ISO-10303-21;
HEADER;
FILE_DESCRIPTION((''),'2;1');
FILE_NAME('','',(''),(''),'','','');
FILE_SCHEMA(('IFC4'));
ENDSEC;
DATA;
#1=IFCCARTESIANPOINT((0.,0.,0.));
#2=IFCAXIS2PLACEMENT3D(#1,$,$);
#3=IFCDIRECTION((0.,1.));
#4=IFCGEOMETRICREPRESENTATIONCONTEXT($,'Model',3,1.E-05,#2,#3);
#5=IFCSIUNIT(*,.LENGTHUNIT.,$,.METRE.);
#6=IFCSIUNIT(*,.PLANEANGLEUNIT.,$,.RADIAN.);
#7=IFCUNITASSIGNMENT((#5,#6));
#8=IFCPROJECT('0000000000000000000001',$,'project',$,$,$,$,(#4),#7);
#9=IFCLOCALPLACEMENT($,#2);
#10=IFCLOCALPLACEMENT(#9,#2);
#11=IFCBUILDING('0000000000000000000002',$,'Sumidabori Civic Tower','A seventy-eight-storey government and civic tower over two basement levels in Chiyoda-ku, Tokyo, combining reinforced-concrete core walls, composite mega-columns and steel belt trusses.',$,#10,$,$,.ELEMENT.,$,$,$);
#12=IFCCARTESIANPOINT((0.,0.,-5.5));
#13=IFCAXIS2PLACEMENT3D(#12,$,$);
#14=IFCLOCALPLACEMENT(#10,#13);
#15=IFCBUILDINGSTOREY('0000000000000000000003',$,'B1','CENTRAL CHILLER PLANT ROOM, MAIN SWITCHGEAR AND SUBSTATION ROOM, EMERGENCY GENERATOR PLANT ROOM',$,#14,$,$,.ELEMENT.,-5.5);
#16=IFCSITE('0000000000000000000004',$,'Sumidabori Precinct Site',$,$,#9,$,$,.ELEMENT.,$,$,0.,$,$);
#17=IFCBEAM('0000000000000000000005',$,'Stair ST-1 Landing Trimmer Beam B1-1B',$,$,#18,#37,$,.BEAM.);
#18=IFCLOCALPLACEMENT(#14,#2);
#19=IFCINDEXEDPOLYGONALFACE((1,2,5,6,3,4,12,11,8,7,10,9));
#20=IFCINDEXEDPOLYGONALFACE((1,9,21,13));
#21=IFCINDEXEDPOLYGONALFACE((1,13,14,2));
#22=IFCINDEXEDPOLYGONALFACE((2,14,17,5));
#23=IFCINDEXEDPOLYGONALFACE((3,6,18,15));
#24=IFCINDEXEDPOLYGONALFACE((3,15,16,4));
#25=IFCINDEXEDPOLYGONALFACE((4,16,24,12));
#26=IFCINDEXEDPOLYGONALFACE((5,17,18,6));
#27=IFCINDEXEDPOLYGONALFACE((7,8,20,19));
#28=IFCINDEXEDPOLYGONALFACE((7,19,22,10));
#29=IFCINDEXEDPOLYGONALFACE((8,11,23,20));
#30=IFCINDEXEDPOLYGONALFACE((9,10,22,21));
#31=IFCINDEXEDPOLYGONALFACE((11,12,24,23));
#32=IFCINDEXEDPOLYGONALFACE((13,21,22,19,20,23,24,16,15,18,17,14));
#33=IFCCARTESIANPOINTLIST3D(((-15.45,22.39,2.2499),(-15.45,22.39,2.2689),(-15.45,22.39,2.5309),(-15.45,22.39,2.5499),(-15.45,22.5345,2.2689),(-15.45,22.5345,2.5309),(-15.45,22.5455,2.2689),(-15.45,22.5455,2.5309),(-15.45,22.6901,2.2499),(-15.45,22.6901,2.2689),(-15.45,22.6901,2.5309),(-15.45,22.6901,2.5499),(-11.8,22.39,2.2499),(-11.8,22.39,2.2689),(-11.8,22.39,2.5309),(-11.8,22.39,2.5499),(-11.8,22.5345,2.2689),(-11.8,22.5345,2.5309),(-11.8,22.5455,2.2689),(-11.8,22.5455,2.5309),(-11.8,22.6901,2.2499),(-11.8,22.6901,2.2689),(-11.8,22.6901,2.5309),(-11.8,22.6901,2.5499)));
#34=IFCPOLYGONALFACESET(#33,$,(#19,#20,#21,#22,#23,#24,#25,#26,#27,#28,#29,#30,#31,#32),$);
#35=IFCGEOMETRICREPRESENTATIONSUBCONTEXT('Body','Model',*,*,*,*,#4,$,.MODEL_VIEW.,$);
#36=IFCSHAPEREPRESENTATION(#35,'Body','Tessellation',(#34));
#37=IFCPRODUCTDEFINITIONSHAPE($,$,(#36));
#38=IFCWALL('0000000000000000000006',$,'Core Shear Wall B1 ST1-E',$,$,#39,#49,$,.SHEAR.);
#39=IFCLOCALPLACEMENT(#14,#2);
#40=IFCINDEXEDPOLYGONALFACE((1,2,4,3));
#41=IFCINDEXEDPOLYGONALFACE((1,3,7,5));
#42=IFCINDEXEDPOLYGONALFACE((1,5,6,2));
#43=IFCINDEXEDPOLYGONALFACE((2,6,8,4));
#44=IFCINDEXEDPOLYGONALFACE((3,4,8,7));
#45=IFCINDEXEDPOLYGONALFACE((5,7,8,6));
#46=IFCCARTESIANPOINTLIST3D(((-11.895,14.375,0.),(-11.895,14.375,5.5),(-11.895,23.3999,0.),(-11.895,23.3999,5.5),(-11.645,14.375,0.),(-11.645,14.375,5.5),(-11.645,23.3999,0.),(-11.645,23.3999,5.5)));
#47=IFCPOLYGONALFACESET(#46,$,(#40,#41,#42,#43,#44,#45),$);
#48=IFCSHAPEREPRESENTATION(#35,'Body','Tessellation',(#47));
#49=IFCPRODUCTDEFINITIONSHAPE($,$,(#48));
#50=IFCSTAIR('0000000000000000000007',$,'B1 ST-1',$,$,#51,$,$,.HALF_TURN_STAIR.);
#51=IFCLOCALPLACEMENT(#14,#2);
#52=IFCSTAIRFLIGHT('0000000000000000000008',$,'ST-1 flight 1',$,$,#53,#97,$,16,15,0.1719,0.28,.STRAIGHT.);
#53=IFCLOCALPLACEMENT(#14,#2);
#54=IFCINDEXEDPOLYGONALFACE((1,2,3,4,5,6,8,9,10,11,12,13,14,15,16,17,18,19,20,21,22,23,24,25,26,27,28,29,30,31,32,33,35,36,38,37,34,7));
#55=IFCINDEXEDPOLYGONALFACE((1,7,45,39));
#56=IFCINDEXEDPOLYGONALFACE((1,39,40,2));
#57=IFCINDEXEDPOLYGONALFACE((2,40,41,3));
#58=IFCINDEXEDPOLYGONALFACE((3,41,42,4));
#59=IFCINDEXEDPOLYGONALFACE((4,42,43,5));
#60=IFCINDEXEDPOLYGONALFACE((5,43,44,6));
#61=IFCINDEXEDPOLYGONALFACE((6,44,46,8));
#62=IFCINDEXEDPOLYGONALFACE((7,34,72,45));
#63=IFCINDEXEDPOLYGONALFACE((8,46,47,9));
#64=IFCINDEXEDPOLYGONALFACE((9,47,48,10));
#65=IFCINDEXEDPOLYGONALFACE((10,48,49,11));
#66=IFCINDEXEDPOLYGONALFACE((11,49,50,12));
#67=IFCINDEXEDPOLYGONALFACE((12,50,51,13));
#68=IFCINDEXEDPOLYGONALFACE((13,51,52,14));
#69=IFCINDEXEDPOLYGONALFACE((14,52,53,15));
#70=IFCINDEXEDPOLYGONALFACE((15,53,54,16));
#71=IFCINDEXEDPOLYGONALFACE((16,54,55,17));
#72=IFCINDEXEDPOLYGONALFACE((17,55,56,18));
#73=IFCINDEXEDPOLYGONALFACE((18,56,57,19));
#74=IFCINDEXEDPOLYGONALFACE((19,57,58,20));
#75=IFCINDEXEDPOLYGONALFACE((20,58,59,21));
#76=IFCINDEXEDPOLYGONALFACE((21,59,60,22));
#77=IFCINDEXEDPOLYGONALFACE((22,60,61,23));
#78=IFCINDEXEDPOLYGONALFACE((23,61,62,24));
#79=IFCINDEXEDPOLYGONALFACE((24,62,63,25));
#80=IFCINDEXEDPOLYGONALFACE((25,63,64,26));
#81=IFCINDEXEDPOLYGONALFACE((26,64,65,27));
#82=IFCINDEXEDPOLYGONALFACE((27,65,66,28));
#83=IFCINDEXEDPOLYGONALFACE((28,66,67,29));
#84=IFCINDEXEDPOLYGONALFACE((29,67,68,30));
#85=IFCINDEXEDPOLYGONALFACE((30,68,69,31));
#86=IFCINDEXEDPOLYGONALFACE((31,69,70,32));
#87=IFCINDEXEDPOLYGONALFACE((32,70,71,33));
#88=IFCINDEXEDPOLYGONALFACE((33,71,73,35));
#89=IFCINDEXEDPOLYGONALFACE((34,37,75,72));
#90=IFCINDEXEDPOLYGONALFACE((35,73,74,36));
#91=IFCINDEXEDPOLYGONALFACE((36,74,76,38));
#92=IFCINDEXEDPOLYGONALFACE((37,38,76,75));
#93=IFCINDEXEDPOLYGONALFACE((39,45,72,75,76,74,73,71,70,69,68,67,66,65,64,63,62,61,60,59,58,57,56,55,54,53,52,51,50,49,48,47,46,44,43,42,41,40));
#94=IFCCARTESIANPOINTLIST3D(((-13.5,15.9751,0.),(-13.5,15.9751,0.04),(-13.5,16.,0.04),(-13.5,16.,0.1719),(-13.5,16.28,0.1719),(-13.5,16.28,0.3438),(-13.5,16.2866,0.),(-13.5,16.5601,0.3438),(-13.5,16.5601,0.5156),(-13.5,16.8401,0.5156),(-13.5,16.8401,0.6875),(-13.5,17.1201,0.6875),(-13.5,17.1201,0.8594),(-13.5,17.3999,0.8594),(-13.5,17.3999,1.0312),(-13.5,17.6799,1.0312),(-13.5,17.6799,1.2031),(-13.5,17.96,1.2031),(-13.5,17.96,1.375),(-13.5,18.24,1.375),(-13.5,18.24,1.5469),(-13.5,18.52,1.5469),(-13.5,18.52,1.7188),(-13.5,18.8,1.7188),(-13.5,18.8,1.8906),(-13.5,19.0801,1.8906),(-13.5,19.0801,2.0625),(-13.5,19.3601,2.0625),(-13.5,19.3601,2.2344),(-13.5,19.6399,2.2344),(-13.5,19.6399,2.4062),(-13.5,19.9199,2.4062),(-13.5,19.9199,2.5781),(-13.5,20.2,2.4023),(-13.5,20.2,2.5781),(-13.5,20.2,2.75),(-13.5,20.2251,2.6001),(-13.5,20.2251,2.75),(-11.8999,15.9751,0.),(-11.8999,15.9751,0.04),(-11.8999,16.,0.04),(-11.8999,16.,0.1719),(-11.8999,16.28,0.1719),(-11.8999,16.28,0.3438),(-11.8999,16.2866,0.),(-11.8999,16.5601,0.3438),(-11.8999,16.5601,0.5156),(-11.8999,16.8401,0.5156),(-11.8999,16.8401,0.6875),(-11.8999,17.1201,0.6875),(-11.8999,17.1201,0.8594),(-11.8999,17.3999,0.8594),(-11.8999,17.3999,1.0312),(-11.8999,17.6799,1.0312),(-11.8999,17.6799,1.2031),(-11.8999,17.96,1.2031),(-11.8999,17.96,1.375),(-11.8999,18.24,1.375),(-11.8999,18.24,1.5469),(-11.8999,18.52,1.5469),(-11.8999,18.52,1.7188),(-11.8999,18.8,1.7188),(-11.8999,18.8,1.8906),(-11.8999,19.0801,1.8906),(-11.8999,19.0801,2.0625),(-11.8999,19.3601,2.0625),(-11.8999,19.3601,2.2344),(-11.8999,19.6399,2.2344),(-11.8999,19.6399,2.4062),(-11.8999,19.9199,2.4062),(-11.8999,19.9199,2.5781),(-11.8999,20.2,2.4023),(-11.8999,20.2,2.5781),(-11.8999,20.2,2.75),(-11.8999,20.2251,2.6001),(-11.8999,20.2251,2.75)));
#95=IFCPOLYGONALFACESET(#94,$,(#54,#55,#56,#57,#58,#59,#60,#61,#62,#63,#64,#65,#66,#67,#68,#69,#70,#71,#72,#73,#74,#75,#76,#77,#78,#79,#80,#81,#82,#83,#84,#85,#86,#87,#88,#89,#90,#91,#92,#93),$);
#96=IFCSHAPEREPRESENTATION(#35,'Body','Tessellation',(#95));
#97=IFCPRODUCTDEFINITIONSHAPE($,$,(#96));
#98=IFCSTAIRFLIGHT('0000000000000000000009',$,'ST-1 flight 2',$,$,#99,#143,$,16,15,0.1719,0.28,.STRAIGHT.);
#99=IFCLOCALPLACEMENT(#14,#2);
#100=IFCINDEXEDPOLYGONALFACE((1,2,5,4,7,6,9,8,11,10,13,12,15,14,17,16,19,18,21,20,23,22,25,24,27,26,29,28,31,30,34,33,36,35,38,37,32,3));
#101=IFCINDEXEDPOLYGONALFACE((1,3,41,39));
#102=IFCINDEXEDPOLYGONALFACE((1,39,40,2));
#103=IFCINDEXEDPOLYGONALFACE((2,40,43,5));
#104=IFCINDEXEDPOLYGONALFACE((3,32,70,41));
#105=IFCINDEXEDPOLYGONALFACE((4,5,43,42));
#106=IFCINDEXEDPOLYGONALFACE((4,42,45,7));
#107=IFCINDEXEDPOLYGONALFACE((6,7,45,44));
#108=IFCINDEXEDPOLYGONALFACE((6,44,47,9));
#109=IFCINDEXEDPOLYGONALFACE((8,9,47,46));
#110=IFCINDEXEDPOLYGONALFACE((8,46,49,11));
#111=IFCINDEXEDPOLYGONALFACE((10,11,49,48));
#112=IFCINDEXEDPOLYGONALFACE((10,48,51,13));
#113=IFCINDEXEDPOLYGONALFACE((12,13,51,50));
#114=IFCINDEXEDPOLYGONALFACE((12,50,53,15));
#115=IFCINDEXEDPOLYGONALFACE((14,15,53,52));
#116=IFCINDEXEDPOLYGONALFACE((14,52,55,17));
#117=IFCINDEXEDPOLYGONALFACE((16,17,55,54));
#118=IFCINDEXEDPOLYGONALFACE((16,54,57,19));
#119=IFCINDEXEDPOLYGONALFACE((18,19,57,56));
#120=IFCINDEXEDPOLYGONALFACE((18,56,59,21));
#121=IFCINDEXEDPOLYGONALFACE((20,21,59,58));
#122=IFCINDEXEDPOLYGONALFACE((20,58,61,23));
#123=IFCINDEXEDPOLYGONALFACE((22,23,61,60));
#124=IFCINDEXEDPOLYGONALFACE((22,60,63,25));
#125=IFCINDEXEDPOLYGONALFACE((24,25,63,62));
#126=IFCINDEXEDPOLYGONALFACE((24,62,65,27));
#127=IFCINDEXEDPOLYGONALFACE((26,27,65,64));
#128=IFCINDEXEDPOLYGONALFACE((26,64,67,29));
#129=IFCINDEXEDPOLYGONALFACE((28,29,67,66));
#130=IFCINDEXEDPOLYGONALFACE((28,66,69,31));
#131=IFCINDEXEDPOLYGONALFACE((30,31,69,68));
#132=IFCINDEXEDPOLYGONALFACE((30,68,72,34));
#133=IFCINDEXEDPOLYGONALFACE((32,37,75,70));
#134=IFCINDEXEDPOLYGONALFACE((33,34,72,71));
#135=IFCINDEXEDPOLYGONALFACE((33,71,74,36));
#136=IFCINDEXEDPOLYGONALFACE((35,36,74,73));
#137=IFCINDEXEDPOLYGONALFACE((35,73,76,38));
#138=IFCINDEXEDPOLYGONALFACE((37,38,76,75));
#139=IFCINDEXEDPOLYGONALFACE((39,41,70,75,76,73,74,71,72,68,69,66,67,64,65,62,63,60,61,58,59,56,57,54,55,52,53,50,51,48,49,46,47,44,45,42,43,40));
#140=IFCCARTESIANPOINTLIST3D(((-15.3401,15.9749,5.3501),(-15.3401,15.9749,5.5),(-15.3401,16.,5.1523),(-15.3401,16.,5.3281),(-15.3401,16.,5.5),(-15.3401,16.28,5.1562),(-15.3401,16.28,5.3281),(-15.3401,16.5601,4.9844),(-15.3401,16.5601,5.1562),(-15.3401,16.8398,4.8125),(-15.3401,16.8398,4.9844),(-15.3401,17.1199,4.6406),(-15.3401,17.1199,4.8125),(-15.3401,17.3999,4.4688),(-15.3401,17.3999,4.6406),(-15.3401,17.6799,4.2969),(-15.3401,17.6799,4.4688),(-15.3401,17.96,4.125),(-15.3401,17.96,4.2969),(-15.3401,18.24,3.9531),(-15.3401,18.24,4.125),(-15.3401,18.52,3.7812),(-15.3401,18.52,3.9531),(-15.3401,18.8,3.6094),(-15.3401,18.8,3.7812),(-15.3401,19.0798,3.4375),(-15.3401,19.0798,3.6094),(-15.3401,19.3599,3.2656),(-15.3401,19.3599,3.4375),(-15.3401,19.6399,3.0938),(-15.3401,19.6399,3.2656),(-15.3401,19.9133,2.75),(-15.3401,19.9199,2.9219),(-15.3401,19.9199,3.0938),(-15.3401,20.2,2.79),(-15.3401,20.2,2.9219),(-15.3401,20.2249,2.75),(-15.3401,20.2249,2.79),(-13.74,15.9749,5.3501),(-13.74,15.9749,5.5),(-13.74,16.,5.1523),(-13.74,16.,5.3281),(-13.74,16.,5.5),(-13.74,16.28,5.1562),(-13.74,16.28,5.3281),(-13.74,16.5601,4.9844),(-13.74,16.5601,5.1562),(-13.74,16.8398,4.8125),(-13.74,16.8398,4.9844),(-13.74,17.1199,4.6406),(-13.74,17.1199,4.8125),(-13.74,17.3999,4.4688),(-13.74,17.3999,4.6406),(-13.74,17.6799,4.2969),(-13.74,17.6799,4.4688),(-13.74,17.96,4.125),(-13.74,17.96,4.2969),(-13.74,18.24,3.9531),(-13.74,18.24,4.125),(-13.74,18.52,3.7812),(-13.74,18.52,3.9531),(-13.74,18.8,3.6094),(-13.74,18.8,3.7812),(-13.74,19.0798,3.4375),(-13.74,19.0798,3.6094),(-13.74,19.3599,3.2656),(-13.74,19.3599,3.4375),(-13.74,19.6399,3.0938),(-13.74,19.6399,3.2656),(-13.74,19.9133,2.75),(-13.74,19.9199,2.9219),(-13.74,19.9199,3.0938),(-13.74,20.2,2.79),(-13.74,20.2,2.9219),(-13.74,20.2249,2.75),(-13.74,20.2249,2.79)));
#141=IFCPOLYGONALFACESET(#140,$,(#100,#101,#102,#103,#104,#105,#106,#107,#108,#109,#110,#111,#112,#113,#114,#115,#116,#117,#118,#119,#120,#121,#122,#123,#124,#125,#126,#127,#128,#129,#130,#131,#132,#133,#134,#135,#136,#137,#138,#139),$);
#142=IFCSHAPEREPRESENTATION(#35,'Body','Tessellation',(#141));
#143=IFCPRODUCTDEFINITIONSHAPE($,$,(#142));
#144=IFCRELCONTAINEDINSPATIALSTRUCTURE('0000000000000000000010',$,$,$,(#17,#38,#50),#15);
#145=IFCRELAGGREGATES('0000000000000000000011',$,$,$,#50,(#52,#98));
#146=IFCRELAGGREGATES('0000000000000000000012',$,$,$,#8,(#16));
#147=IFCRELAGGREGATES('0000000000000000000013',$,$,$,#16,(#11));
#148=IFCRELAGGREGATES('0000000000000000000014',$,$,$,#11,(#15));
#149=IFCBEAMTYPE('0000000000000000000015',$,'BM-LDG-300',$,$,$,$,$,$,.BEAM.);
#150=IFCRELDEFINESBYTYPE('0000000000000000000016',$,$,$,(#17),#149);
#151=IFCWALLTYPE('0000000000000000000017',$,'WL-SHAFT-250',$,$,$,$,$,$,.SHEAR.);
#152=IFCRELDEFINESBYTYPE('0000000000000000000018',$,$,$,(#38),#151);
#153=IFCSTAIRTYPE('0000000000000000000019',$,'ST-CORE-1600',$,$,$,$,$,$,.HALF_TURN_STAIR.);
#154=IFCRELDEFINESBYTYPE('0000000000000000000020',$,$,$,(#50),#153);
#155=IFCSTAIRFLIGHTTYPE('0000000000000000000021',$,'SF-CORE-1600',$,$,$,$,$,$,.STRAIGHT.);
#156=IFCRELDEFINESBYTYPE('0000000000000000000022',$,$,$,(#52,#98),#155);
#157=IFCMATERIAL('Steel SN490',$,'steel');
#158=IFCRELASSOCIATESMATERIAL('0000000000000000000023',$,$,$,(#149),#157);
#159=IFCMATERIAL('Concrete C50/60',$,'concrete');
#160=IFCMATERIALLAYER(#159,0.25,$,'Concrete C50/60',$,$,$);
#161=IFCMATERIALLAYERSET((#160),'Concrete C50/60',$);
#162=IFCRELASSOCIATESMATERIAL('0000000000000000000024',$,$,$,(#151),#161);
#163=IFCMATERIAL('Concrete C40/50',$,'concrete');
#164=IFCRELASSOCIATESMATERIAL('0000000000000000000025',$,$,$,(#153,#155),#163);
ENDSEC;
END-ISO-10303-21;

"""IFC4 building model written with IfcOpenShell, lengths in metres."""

from ifc_helpers import new_model, si_unit, direction, frame, frame_2d, origin, origin_2d, place, context, subcontext, project, spatial, polyline, rectangle, i_section, outline, extrude, source, transform, mapped, material, layer, layer_set, material_profile, profile_set, type_object, element, aggregate, save


model = new_model("IFC4")

# Units and contexts
model_context = context("Model", 3, precision=1e-05, world=origin(), true_north=direction((0.0, 1.0)))
body_context = subcontext(model_context, "Body", "Model", "MODEL_VIEW")
ifc_project = project(units=[si_unit("LENGTHUNIT", "METRE"), si_unit("PLANEANGLEUNIT", "RADIAN")], contexts=[model_context])

# Site, building, storey
site_placement = place(None, origin())
site = spatial("IfcSite", under=ifc_project, at=site_placement, Name="Sumidabori Precinct Site", CompositionType="ELEMENT", RefElevation=0.0)
building_placement = place(site_placement, origin())
building = spatial("IfcBuilding", under=site, at=building_placement, Name="Sumidabori Civic Tower", Description="A seventy-eight-storey government and civic tower over two basement levels in Chiyoda-ku, Tokyo, combining reinforced-concrete core walls, composite mega-columns and steel belt trusses.", CompositionType="ELEMENT")
storey_placement = place(building_placement, frame((0.0, 0.0, -5.5)))
storey = spatial("IfcBuildingStorey", under=building, at=storey_placement, Name="B1", Description="CENTRAL CHILLER PLANT ROOM, MAIN SWITCHGEAR AND SUBSTATION ROOM, EMERGENCY GENERATOR PLANT ROOM", CompositionType="ELEMENT", Elevation=-5.5)

# Beam
ifc_material_1 = material(Name="Steel SN490", Category="steel")
ifc_material_profile = material_profile(ifc_material_1, i_section(OverallWidth=0.3, OverallDepth=0.3, WebThickness=0.011, FlangeThickness=0.019, at=origin_2d()), Name="HE 300 B")
ifc_profile_set = profile_set([ifc_material_profile], Name="Steel SN490")
beam_type = type_object("IfcBeamType", Name="BM-LDG-300", PredefinedType="BEAM", material=ifc_profile_set)
shared_shape_1 = source(origin(), body_context, "Body", "SweptSolid", [
    extrude(i_section(OverallWidth=0.3, OverallDepth=0.3, WebThickness=0.011, FlangeThickness=0.019, at=origin_2d()), origin(), (0.0, 0.0, 1.0), 3.6499),
])
beam_placement = place(storey_placement, frame((-15.45, 22.54, 2.3999), z_axis=(1.0, 0.0, 0.0), x_axis=(0.0, 1.0, 0.0)))
element("IfcBeam", 1, at=beam_placement, inside=storey, type_object=beam_type, Name="Stair ST-1 Landing Trimmer Beam B1-1B", PredefinedType="BEAM", context=body_context, shape_type="MappedRepresentation", body=[
    mapped(shared_shape_1, transform((0.0, 0.0, 0.0), x_axis=(1.0, 0.0, 0.0), y_axis=(0.0, 1.0, 0.0), z_axis=(0.0, 0.0, 1.0), scale=1.0)),
])

# Shared definitions
ifc_material_2 = material(Name="Concrete C50/60", Category="concrete")
ifc_layer = layer(ifc_material_2, 0.25, Name="Concrete C50/60")
ifc_layer_set = layer_set([ifc_layer], Name="Concrete C50/60")
wall_type = type_object("IfcWallType", Name="WL-SHAFT-250", PredefinedType="SHEAR", material=ifc_layer_set)

# Wall
shared_shape_2 = source(origin(), body_context, "Body", "SweptSolid", [
    extrude(rectangle(XDim=9.0249, YDim=0.25, at=frame_2d((4.5125, 0.0))), origin(), (0.0, 0.0, 1.0), 5.5),
])
wall_1_placement = place(storey_placement, frame((-11.77, 14.375, 0.0), z_axis=(0.0, 0.0, 1.0), x_axis=(0.0, 1.0, 0.0)))
element("IfcWall", 2, at=wall_1_placement, inside=storey, type_object=wall_type, Name="Core Shear Wall B1 ST1-E", PredefinedType="SHEAR", context=body_context, shape_type="MappedRepresentation", body=[
    mapped(shared_shape_2, transform((0.0, 0.0, 0.0), x_axis=(1.0, 0.0, 0.0), y_axis=(0.0, 1.0, 0.0), z_axis=(0.0, 0.0, 1.0), scale=1.0)),
])

# Stair, stair flights
ifc_material_3 = material(Name="Concrete C40/50", Category="concrete")
stair_type = type_object("IfcStairType", Name="ST-CORE-1600", PredefinedType="HALF_TURN_STAIR", material=ifc_material_3)
stair_placement = place(storey_placement, origin())
stair = element("IfcStair", 3, at=stair_placement, inside=storey, type_object=stair_type, Name="B1 ST-1", PredefinedType="HALF_TURN_STAIR")
stair_flight_type = type_object("IfcStairFlightType", Name="SF-CORE-1600", PredefinedType="STRAIGHT", material=ifc_material_3)
shared_shape_3 = source(origin(), body_context, "Body", "SweptSolid", [
    extrude(outline(polyline([(-0.0249, 0.0), (-0.0249, 0.04), (0.0, 0.04), (0.0, 0.1719), (0.28, 0.1719), (0.28, 0.3438), (0.5601, 0.3438), (0.5601, 0.5156), (0.8401, 0.5156), (0.8401, 0.6875), (1.1201, 0.6875), (1.1201, 0.8594), (1.3999, 0.8594), (1.3999, 1.0312), (1.6799, 1.0312), (1.6799, 1.2031), (1.96, 1.2031), (1.96, 1.375), (2.24, 1.375), (2.24, 1.5469), (2.52, 1.5469), (2.52, 1.7188), (2.8, 1.7188), (2.8, 1.8906), (3.0801, 1.8906), (3.0801, 2.0625), (3.3601, 2.0625), (3.3601, 2.2344), (3.6399, 2.2344), (3.6399, 2.4062), (3.9199, 2.4062), (3.9199, 2.5781), (4.2, 2.5781), (4.2, 2.75), (4.2251, 2.75), (4.2251, 2.6001), (4.2, 2.4023), (0.2866, 0.0), (-0.0249, 0.0)])), frame((0.0, 0.8, 0.0), z_axis=(0.0, -1.0, 0.0), x_axis=(1.0, 0.0, 0.0)), (0.0, 0.0, 1.0), 1.6001),
])
stair_flight_1_placement = place(storey_placement, frame((-12.7, 16.0, 0.0), z_axis=(0.0, 0.0, 1.0), x_axis=(0.0, 1.0, 0.0)))
stair_flight_1 = element("IfcStairFlight", 4, at=stair_flight_1_placement, type_object=stair_flight_type, Name="ST-1 flight 1", NumberOfRisers=16, NumberOfTreads=15, PredefinedType="STRAIGHT", RiserHeight=0.1719, TreadLength=0.28, context=body_context, shape_type="MappedRepresentation", body=[
    mapped(shared_shape_3, transform((0.0, 0.0, 0.0), x_axis=(1.0, 0.0, 0.0), y_axis=(0.0, 1.0, 0.0), z_axis=(0.0, 0.0, 1.0), scale=1.0)),
])
stair_flight_2_placement = place(storey_placement, frame((-14.54, 20.2, 2.75), z_axis=(0.0, 0.0, 1.0), x_axis=(0.0, -1.0, 0.0)))
stair_flight_2 = element("IfcStairFlight", 5, at=stair_flight_2_placement, type_object=stair_flight_type, Name="ST-1 flight 2", NumberOfRisers=16, NumberOfTreads=15, PredefinedType="STRAIGHT", RiserHeight=0.1719, TreadLength=0.28, context=body_context, shape_type="MappedRepresentation", body=[
    mapped(shared_shape_3, transform((0.0, 0.0, 0.0), x_axis=(1.0, 0.0, 0.0), y_axis=(0.0, 1.0, 0.0), z_axis=(0.0, 0.0, 1.0), scale=1.0)),
])
aggregate(stair, [stair_flight_1, stair_flight_2])

save(model, "model.ifc")
